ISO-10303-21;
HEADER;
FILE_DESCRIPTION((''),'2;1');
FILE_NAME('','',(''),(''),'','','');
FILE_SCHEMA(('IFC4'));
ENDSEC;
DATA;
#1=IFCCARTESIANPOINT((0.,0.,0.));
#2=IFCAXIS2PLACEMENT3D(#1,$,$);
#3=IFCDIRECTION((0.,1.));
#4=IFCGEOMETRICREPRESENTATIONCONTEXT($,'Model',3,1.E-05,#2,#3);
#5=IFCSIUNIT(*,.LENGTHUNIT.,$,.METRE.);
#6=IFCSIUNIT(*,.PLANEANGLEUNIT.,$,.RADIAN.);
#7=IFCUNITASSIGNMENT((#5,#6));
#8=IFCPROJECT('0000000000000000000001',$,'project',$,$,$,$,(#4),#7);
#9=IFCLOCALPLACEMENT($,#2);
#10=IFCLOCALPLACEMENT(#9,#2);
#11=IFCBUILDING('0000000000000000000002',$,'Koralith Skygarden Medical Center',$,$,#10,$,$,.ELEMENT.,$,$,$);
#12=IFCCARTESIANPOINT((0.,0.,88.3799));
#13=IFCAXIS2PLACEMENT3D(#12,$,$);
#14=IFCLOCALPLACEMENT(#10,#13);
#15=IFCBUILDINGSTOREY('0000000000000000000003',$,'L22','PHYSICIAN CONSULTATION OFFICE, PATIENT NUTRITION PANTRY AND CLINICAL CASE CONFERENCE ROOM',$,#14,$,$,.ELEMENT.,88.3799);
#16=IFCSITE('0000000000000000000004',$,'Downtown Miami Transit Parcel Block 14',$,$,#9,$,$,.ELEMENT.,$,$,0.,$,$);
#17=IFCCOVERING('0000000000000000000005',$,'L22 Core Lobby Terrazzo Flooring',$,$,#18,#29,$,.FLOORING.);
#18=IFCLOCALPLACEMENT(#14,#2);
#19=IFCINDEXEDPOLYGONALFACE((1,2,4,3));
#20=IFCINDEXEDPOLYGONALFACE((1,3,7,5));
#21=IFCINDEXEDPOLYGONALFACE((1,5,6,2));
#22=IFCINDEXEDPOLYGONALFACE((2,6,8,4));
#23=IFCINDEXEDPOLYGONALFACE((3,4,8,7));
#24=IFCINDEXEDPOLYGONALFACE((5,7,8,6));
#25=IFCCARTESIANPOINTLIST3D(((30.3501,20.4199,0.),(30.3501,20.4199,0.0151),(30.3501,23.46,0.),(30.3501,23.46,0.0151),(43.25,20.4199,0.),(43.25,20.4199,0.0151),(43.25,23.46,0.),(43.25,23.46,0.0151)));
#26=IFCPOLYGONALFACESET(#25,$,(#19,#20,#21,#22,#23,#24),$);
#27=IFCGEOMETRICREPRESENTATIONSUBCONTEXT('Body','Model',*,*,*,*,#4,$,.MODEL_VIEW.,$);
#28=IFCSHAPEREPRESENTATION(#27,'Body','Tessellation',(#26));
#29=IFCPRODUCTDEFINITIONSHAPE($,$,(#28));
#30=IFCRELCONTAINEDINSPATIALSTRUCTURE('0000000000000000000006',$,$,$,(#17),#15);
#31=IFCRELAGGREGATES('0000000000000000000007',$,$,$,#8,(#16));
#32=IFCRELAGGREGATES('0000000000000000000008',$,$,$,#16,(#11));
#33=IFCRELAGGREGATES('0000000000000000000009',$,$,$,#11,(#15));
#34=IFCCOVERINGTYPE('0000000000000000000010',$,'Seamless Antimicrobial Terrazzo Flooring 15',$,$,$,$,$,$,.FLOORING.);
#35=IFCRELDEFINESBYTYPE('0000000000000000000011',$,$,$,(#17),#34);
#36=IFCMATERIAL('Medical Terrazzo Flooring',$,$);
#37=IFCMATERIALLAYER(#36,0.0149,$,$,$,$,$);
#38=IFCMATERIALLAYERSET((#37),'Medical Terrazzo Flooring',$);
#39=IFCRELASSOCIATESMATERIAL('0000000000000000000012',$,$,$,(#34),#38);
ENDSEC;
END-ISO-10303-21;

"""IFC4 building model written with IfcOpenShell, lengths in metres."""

from ifc_helpers import new_model, si_unit, direction, frame, origin, place, context, subcontext, project, spatial, polyline, outline, extrude, material, layer, layer_set, type_object, element, save


model = new_model("IFC4")

# Units and contexts
model_context = context("Model", 3, precision=1e-05, world=origin(), true_north=direction((0.0, 1.0)))
body_context = subcontext(model_context, "Body", "Model", "MODEL_VIEW")
ifc_project = project(units=[si_unit("LENGTHUNIT", "METRE"), si_unit("PLANEANGLEUNIT", "RADIAN")], contexts=[model_context])

# Site, building, storey
site_placement = place(None, origin())
site = spatial("IfcSite", under=ifc_project, at=site_placement, Name="Downtown Miami Transit Parcel Block 14", CompositionType="ELEMENT", RefElevation=0.0)
building_placement = place(site_placement, origin())
building = spatial("IfcBuilding", under=site, at=building_placement, Name="Koralith Skygarden Medical Center", CompositionType="ELEMENT")
storey_placement = place(building_placement, frame((0.0, 0.0, 88.3799)))
storey = spatial("IfcBuildingStorey", under=building, at=storey_placement, Name="L22", Description="PHYSICIAN CONSULTATION OFFICE, PATIENT NUTRITION PANTRY AND CLINICAL CASE CONFERENCE ROOM", CompositionType="ELEMENT", Elevation=88.3799)

# Covering
ifc_material_1 = material(Name="Medical Terrazzo Flooring")
ifc_layer_1 = layer(ifc_material_1, 0.0149)
ifc_layer_set_1 = layer_set([ifc_layer_1], Name="Medical Terrazzo Flooring")
covering_type_1 = type_object("IfcCoveringType", Name="Seamless Antimicrobial Terrazzo Flooring 15", PredefinedType="FLOORING", material=ifc_layer_set_1)
covering_1_placement = place(storey_placement, origin())
element("IfcCovering", 1, at=covering_1_placement, inside=storey, type_object=covering_type_1, Name="L22 Core Lobby Terrazzo Flooring", PredefinedType="FLOORING", context=body_context, shape_type="SweptSolid", body=[
    extrude(outline(polyline([(30.3501, 20.4199), (43.25, 20.4199), (43.25, 23.46), (30.3501, 23.46), (30.3501, 20.4199)])), origin(), (0.0, 0.0, 1.0), 0.0151),
])

save(model, "model.ifc")
